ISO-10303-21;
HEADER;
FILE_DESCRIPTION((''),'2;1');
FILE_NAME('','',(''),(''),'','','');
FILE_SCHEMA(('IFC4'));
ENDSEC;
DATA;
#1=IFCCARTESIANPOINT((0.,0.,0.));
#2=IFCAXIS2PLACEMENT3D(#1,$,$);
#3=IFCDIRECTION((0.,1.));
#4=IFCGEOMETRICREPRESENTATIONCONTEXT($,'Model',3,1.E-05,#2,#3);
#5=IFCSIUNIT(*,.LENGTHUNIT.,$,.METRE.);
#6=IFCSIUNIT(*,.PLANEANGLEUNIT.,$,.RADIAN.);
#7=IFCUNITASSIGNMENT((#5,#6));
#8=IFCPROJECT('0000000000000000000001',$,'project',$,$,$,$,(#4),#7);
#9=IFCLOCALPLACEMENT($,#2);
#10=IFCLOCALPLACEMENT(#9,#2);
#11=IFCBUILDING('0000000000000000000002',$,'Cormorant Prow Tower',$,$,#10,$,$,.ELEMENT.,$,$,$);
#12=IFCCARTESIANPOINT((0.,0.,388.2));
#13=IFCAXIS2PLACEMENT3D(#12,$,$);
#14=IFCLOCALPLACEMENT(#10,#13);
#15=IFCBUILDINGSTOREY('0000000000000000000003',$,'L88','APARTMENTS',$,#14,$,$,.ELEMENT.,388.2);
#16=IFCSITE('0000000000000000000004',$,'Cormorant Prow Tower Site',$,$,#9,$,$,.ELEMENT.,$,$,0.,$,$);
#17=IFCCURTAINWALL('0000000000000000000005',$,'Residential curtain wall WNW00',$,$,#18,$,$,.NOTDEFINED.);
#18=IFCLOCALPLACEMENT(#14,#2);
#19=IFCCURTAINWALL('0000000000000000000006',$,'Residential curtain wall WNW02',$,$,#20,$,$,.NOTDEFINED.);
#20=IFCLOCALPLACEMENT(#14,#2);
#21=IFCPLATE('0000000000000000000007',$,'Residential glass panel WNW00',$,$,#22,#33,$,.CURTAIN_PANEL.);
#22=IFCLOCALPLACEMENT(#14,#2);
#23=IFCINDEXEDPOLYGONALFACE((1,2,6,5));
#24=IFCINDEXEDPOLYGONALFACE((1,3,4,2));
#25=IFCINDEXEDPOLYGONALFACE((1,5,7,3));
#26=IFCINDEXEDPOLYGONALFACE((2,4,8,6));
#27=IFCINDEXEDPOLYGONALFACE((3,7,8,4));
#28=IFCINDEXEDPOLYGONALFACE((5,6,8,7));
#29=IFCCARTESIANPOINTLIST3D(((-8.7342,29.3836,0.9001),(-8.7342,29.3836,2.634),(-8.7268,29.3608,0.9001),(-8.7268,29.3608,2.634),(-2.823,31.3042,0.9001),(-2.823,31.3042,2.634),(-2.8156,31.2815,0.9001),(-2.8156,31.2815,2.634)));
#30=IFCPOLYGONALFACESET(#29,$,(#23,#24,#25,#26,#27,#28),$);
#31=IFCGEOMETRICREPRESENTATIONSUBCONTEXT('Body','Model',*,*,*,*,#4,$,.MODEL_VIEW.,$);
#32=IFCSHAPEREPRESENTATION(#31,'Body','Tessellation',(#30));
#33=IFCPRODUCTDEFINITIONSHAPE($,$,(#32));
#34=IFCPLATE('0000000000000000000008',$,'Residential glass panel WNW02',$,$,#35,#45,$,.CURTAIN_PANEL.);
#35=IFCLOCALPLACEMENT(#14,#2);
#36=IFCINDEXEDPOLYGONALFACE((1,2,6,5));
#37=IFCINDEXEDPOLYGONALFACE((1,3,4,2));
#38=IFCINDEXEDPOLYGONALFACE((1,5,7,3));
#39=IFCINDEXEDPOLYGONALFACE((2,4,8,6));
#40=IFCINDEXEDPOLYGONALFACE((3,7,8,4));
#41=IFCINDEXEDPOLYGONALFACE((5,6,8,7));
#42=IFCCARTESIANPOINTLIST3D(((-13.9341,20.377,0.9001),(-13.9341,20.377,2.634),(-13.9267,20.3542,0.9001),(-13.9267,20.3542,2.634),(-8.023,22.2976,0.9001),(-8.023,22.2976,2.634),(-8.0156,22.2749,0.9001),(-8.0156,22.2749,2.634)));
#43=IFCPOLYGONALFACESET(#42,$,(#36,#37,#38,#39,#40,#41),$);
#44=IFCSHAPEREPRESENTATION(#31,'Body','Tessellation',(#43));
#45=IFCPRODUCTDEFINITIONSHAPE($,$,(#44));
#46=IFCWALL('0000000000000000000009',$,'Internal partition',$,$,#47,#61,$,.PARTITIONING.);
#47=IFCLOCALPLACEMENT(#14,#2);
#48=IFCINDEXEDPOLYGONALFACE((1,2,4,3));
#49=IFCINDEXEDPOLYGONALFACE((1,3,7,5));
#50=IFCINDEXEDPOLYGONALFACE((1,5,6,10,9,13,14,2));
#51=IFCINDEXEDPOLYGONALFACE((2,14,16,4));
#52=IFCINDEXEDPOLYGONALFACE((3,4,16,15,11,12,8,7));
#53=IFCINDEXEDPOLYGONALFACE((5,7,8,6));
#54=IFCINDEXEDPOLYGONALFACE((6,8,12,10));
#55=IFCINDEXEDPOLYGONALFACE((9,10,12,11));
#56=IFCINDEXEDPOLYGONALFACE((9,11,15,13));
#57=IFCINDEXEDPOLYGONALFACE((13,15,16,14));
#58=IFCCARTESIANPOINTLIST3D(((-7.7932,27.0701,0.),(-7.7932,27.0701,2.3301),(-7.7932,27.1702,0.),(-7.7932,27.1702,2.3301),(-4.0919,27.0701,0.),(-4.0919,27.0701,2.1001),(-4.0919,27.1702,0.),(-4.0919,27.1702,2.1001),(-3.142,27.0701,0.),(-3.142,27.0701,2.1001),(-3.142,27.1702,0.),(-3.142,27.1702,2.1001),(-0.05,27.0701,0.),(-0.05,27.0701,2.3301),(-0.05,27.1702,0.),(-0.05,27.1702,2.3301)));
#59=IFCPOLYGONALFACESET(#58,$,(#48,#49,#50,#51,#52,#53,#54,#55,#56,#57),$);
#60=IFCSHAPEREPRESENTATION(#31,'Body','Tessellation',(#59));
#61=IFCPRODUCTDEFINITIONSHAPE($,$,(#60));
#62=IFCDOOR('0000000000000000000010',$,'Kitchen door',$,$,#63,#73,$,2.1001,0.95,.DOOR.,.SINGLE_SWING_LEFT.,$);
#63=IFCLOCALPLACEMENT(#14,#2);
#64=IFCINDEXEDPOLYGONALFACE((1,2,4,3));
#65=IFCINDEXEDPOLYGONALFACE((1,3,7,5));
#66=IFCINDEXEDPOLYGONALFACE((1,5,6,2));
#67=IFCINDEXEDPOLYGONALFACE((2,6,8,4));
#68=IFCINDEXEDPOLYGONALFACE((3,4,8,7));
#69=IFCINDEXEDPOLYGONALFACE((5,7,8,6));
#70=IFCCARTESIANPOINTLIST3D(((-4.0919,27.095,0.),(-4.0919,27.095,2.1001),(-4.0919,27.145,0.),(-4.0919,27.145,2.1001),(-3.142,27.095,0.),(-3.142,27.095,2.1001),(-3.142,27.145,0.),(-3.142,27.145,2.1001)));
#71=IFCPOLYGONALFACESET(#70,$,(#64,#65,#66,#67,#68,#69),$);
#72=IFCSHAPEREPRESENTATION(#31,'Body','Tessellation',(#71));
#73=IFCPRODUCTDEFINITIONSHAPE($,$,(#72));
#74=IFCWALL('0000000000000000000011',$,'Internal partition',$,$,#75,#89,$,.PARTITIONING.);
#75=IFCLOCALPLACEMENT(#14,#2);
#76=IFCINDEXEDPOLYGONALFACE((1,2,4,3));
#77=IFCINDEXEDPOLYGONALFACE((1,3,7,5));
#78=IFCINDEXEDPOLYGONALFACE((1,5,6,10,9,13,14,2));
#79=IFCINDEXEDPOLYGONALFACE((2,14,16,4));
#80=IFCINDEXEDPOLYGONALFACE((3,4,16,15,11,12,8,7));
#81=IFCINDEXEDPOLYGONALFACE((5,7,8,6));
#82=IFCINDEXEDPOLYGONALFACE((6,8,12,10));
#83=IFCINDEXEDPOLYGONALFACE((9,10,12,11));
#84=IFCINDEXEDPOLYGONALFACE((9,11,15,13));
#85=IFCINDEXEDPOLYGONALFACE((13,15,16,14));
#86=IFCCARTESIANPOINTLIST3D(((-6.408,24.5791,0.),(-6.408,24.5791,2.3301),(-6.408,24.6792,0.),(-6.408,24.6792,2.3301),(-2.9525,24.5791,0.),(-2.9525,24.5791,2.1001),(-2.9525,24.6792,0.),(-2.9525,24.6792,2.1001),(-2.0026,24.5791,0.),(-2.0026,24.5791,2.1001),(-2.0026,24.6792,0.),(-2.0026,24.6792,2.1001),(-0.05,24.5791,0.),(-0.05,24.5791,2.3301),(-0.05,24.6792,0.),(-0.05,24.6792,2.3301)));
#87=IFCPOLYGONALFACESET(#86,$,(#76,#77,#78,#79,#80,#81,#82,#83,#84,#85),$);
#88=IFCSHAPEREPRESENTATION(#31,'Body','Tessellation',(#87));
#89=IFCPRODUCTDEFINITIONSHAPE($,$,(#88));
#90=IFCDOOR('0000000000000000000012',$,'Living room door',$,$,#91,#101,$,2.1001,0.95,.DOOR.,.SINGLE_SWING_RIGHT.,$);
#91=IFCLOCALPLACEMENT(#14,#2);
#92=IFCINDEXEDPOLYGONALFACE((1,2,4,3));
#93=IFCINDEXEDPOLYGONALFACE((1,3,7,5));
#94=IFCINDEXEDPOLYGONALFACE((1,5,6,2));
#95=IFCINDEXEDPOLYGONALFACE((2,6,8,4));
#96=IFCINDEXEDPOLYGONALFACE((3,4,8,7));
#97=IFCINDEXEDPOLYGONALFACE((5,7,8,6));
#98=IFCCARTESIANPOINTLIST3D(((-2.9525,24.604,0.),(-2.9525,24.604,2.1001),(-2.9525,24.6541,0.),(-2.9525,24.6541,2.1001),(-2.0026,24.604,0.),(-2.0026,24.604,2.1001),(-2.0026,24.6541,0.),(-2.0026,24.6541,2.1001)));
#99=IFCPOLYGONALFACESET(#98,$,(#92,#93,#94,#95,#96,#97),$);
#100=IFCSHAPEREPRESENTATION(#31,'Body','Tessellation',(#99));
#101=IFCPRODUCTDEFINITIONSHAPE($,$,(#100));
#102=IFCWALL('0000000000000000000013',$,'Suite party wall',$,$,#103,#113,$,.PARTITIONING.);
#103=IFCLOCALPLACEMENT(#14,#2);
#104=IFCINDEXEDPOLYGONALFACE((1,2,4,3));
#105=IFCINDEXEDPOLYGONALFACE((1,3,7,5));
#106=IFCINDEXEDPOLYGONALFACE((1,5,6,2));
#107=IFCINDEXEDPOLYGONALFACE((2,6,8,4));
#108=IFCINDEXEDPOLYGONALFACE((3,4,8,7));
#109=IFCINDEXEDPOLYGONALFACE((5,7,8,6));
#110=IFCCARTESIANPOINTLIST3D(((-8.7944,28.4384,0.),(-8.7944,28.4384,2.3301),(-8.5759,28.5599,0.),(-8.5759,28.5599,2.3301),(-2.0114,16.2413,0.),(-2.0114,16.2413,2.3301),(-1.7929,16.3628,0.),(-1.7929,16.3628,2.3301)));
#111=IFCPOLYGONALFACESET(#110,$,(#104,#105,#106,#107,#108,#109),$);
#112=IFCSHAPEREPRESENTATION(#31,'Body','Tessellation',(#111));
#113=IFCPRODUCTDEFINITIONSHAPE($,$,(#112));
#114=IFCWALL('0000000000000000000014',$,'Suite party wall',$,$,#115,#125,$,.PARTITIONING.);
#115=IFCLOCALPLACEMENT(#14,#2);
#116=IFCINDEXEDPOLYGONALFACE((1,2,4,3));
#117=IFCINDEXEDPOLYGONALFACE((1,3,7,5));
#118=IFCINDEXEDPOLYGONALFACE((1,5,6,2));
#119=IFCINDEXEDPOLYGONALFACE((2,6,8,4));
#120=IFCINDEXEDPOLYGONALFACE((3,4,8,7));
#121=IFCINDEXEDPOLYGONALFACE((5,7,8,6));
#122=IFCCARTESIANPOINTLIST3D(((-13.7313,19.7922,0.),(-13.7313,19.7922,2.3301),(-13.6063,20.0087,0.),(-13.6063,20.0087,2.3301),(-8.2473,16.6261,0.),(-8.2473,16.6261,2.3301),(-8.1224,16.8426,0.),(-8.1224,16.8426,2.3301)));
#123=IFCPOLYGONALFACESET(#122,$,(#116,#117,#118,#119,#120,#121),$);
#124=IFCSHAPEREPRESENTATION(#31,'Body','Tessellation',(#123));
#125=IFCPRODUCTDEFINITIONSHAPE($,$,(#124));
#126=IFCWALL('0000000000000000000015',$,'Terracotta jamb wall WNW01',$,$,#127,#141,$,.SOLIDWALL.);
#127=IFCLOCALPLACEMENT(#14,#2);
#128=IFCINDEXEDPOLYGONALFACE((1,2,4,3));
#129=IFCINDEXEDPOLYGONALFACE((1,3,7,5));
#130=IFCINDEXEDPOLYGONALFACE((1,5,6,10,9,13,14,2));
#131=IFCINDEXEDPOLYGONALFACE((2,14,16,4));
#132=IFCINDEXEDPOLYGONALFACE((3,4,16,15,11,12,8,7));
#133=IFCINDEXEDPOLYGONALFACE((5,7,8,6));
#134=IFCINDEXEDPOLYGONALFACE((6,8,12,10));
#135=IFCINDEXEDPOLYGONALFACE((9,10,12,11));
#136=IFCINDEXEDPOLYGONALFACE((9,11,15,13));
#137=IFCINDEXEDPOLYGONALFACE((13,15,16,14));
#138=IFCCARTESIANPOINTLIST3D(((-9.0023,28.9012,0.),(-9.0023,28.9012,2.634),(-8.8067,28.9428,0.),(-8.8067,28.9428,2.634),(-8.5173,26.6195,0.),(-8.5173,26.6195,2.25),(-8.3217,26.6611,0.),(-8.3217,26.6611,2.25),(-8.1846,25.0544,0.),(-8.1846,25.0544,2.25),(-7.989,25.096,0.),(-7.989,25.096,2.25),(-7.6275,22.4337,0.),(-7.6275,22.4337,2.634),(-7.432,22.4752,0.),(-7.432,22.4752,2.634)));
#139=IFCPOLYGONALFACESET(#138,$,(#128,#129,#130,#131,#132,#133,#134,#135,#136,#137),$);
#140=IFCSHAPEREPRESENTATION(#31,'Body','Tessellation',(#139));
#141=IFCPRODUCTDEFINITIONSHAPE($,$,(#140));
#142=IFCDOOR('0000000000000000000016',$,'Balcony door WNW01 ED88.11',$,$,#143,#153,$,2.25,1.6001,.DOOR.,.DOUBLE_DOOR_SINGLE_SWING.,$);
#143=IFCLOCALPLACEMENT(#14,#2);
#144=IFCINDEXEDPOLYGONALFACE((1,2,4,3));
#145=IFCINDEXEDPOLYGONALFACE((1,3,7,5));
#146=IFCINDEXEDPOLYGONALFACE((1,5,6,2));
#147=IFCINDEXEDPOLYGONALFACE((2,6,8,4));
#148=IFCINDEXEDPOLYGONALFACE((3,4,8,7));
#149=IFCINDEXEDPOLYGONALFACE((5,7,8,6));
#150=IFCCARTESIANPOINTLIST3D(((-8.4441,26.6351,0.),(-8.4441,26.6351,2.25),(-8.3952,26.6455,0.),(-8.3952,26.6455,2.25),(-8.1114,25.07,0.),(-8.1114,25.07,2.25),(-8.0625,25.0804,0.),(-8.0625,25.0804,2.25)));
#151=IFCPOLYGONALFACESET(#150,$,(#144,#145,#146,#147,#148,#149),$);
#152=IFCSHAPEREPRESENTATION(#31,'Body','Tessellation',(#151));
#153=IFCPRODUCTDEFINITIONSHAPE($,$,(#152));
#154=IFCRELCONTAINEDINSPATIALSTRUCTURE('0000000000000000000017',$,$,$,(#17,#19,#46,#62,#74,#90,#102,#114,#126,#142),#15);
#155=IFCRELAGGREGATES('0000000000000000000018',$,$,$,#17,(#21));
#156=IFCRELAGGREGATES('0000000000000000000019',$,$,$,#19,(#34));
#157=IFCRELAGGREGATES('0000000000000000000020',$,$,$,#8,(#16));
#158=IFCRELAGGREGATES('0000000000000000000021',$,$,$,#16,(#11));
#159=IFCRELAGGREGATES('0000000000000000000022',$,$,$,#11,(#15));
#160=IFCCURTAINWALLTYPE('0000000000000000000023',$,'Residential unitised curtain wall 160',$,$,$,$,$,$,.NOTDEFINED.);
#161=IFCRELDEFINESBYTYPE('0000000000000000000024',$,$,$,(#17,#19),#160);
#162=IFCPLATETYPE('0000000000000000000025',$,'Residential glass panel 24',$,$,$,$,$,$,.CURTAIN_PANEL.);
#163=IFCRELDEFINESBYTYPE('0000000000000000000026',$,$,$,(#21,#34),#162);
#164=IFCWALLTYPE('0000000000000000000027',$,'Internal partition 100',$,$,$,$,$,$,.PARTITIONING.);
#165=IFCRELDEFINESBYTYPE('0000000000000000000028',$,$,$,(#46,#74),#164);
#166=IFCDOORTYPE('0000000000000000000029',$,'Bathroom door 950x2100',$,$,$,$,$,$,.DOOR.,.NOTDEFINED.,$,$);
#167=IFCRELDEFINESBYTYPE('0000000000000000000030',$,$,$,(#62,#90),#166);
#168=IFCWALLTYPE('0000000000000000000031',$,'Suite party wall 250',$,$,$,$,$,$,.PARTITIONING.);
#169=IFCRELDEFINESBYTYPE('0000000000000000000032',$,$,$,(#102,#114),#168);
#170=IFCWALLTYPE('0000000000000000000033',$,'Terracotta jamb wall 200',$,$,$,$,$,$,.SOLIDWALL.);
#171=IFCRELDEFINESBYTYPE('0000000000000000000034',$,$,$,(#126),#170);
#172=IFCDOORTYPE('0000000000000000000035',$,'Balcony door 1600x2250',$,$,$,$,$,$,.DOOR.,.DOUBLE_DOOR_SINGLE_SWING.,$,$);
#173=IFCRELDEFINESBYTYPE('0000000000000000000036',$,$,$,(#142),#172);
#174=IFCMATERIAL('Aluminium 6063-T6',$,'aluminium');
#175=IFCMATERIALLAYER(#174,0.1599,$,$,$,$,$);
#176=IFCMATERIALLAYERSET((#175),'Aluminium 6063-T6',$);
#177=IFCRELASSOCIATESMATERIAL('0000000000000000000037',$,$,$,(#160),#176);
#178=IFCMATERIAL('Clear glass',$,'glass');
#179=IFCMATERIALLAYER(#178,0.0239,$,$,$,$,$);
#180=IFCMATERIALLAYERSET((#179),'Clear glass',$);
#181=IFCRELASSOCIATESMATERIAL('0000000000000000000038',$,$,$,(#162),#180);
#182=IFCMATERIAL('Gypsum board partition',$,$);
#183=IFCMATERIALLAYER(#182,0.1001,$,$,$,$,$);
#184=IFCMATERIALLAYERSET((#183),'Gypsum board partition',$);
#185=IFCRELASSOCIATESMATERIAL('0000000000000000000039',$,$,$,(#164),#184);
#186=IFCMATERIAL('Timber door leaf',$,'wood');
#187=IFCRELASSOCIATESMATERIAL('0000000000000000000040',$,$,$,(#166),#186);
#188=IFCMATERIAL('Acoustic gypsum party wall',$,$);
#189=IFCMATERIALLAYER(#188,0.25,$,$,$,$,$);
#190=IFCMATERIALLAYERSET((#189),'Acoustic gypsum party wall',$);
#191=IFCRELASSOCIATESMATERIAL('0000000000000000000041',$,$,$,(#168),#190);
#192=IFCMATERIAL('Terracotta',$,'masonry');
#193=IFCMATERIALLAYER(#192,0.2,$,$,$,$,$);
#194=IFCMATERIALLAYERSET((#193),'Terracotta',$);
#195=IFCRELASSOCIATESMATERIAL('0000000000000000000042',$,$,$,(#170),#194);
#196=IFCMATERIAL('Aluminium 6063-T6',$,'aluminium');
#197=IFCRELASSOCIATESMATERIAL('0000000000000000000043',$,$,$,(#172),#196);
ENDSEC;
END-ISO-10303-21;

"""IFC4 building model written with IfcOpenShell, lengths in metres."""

from ifc_helpers import new_model, si_unit, direction, frame, frame_2d, origin, origin_2d, place, context, subcontext, project, spatial, rectangle, extrude, material, layer, layer_set, type_object, element, fill, aggregate, save


model = new_model("IFC4")

# Units and contexts
model_context = context("Model", 3, precision=1e-05, world=origin(), true_north=direction((0.0, 1.0)))
body_context = subcontext(model_context, "Body", "Model", "MODEL_VIEW")
ifc_project = project(units=[si_unit("LENGTHUNIT", "METRE"), si_unit("PLANEANGLEUNIT", "RADIAN")], contexts=[model_context])

# Site, building, storey
site_placement = place(None, origin())
site = spatial("IfcSite", under=ifc_project, at=site_placement, Name="Cormorant Prow Tower Site", CompositionType="ELEMENT", RefElevation=0.0)
building_placement = place(site_placement, origin())
building = spatial("IfcBuilding", under=site, at=building_placement, Name="Cormorant Prow Tower", CompositionType="ELEMENT")
storey_placement = place(building_placement, frame((0.0, 0.0, 388.2)))
storey = spatial("IfcBuildingStorey", under=building, at=storey_placement, Name="L88", Description="APARTMENTS", CompositionType="ELEMENT", Elevation=388.2)

# Curtain walls
ifc_material_1 = material(Name="Aluminium 6063-T6", Category="aluminium")
ifc_layer_1 = layer(ifc_material_1, 0.1599)
ifc_layer_set_1 = layer_set([ifc_layer_1], Name="Aluminium 6063-T6")
curtain_wall_type = type_object("IfcCurtainWallType", Name="Residential unitised curtain wall 160", PredefinedType="NOTDEFINED", material=ifc_layer_set_1)
curtain_wall_1_placement = place(storey_placement, origin())
curtain_wall_1 = element("IfcCurtainWall", 1, at=curtain_wall_1_placement, inside=storey, type_object=curtain_wall_type, Name="Residential curtain wall WNW00", PredefinedType="NOTDEFINED")
curtain_wall_2_placement = place(storey_placement, origin())
curtain_wall_2 = element("IfcCurtainWall", 2, at=curtain_wall_2_placement, inside=storey, type_object=curtain_wall_type, Name="Residential curtain wall WNW02", PredefinedType="NOTDEFINED")

# Plates
ifc_material_2 = material(Name="Clear glass", Category="glass")
ifc_layer_2 = layer(ifc_material_2, 0.0239)
ifc_layer_set_2 = layer_set([ifc_layer_2], Name="Clear glass")
plate_type = type_object("IfcPlateType", Name="Residential glass panel 24", PredefinedType="CURTAIN_PANEL", material=ifc_layer_set_2)
plate_1_placement = place(storey_placement, frame((-5.7749, 30.3325, 0.9001), z_axis=(0.0, 0.0, 1.0), x_axis=(-0.951057, -0.309017, 0.0)))
plate_1 = element("IfcPlate", 3, at=plate_1_placement, type_object=plate_type, Name="Residential glass panel WNW00", PredefinedType="CURTAIN_PANEL", context=body_context, shape_type="SweptSolid", body=[
    extrude(rectangle(XDim=6.2153, YDim=0.0239, at=origin_2d()), origin(), (0.0, 0.0, 1.0), 1.7339),
])
aggregate(curtain_wall_1, [plate_1])
plate_2_placement = place(storey_placement, frame((-10.9749, 21.3259, 0.9001), z_axis=(0.0, 0.0, 1.0), x_axis=(-0.951057, -0.309017, 0.0)))
plate_2 = element("IfcPlate", 4, at=plate_2_placement, type_object=plate_type, Name="Residential glass panel WNW02", PredefinedType="CURTAIN_PANEL", context=body_context, shape_type="SweptSolid", body=[
    extrude(rectangle(XDim=6.2153, YDim=0.0239, at=origin_2d()), origin(), (0.0, 0.0, 1.0), 1.7339),
])
aggregate(curtain_wall_2, [plate_2])

# Walls, openings, doors
ifc_material_3 = material(Name="Gypsum board partition")
ifc_layer_3 = layer(ifc_material_3, 0.1001)
ifc_layer_set_3 = layer_set([ifc_layer_3], Name="Gypsum board partition")
wall_type_1 = type_object("IfcWallType", Name="Internal partition 100", PredefinedType="PARTITIONING", material=ifc_layer_set_3)
wall_1_placement = place(storey_placement, frame((-7.7932, 27.1201, 0.0), z_axis=(0.0, 0.0, 1.0), x_axis=(1.0, 0.0, 0.0)))
wall_1 = element("IfcWall", 5, at=wall_1_placement, inside=storey, type_object=wall_type_1, Name="Internal partition", PredefinedType="PARTITIONING", context=body_context, shape_type="SweptSolid", body=[
    extrude(rectangle(XDim=7.7432, YDim=0.1001, at=frame_2d((3.8716, 0.0))), origin(), (0.0, 0.0, 1.0), 2.3301),
])
opening_1_placement = place(wall_1_placement, frame((3.7012, 0.0, 0.0)))
opening_1 = element("IfcOpeningElement", 6, at=opening_1_placement, cuts=wall_1, PredefinedType="OPENING", context=body_context, shape_type="SweptSolid", body=[
    extrude(rectangle(XDim=0.95, YDim=2.1001, at=frame_2d((0.4751, 1.05))), frame((0.0, 0.0601, 0.0), z_axis=(0.0, -1.0, 0.0), x_axis=(1.0, 0.0, 0.0)), (0.0, 0.0, 1.0), 0.1201),
])
ifc_material_4 = material(Name="Timber door leaf", Category="wood")
door_type_1 = type_object("IfcDoorType", Name="Bathroom door 950x2100", OperationType="NOTDEFINED", PredefinedType="DOOR", material=ifc_material_4)
door_1_placement = place(opening_1_placement, origin())
door_1 = element("IfcDoor", 7, at=door_1_placement, inside=storey, type_object=door_type_1, Name="Kitchen door", OperationType="SINGLE_SWING_LEFT", OverallHeight=2.1001, OverallWidth=0.95, PredefinedType="DOOR", context=body_context, shape_type="SweptSolid", body=[
    extrude(rectangle(XDim=0.95, YDim=2.1001, at=frame_2d((0.4751, 1.05))), frame((0.0, 0.0249, 0.0), z_axis=(0.0, -1.0, 0.0), x_axis=(1.0, 0.0, 0.0)), (0.0, 0.0, 1.0), 0.05),
])
fill(opening_1, door_1)
wall_2_placement = place(storey_placement, frame((-6.408, 24.6292, 0.0), z_axis=(0.0, 0.0, 1.0), x_axis=(1.0, 0.0, 0.0)))
wall_2 = element("IfcWall", 8, at=wall_2_placement, inside=storey, type_object=wall_type_1, Name="Internal partition", PredefinedType="PARTITIONING", context=body_context, shape_type="SweptSolid", body=[
    extrude(rectangle(XDim=6.3579, YDim=0.1001, at=frame_2d((3.179, 0.0))), origin(), (0.0, 0.0, 1.0), 2.3301),
])
opening_2_placement = place(wall_2_placement, frame((3.4553, 0.0, 0.0)))
opening_2 = element("IfcOpeningElement", 9, at=opening_2_placement, cuts=wall_2, PredefinedType="OPENING", context=body_context, shape_type="SweptSolid", body=[
    extrude(rectangle(XDim=0.95, YDim=2.1001, at=frame_2d((0.4751, 1.05))), frame((0.0, 0.0601, 0.0), z_axis=(0.0, -1.0, 0.0), x_axis=(1.0, 0.0, 0.0)), (0.0, 0.0, 1.0), 0.1201),
])
door_2_placement = place(opening_2_placement, origin())
door_2 = element("IfcDoor", 10, at=door_2_placement, inside=storey, type_object=door_type_1, Name="Living room door", OperationType="SINGLE_SWING_RIGHT", OverallHeight=2.1001, OverallWidth=0.95, PredefinedType="DOOR", context=body_context, shape_type="SweptSolid", body=[
    extrude(rectangle(XDim=0.95, YDim=2.1001, at=frame_2d((0.4751, 1.05))), frame((0.0, 0.0249, 0.0), z_axis=(0.0, -1.0, 0.0), x_axis=(1.0, 0.0, 0.0)), (0.0, 0.0, 1.0), 0.05),
])
fill(opening_2, door_2)

# Walls
ifc_material_5 = material(Name="Acoustic gypsum party wall")
ifc_layer_4 = layer(ifc_material_5, 0.25)
ifc_layer_set_4 = layer_set([ifc_layer_4], Name="Acoustic gypsum party wall")
wall_type_2 = type_object("IfcWallType", Name="Suite party wall 250", PredefinedType="PARTITIONING", material=ifc_layer_set_4)
wall_3_placement = place(storey_placement, frame((-8.6851, 28.499, 0.0), z_axis=(0.0, 0.0, 1.0), x_axis=(0.486017, -0.873949, 0.0)))
element("IfcWall", 11, at=wall_3_placement, inside=storey, type_object=wall_type_2, Name="Suite party wall", PredefinedType="PARTITIONING", context=body_context, shape_type="SweptSolid", body=[
    extrude(rectangle(XDim=13.9563, YDim=0.25, at=frame_2d((6.978, 0.0))), origin(), (0.0, 0.0, 1.0), 2.3301),
])
wall_4_placement = place(storey_placement, frame((-13.6687, 19.9004, 0.0), z_axis=(0.0, 0.0, 1.0), x_axis=(0.866033, -0.499987, 0.0)))
element("IfcWall", 12, at=wall_4_placement, inside=storey, type_object=wall_type_2, Name="Suite party wall", PredefinedType="PARTITIONING", context=body_context, shape_type="SweptSolid", body=[
    extrude(rectangle(XDim=6.3323, YDim=0.25, at=frame_2d((3.166, 0.0))), origin(), (0.0, 0.0, 1.0), 2.3301),
])

# Wall, opening, door
ifc_material_6 = material(Name="Terracotta", Category="masonry")
ifc_layer_5 = layer(ifc_material_6, 0.2)
ifc_layer_set_5 = layer_set([ifc_layer_5], Name="Terracotta")
wall_type_3 = type_object("IfcWallType", Name="Terracotta jamb wall 200", PredefinedType="SOLIDWALL", material=ifc_layer_set_5)
wall_5_placement = place(storey_placement, frame((-8.9045, 28.9221, 0.0), z_axis=(0.0, 0.0, 1.0), x_axis=(0.207917, -0.978146, 0.0)))
wall_5 = element("IfcWall", 13, at=wall_5_placement, inside=storey, type_object=wall_type_3, Name="Terracotta jamb wall WNW01", PredefinedType="SOLIDWALL", context=body_context, shape_type="SweptSolid", body=[
    extrude(rectangle(XDim=6.6121, YDim=0.2, at=frame_2d((3.3062, 0.0))), origin(), (0.0, 0.0, 1.0), 2.634),
])
opening_3_placement = place(wall_5_placement, frame((2.3328, 0.0, 0.0)))
opening_3 = element("IfcOpeningElement", 14, at=opening_3_placement, cuts=wall_5, PredefinedType="OPENING", context=body_context, shape_type="SweptSolid", body=[
    extrude(rectangle(XDim=1.6001, YDim=2.25, at=frame_2d((0.8, 1.125))), frame((0.0, 0.1099, 0.0), z_axis=(0.0, -1.0, 0.0), x_axis=(1.0, 0.0, 0.0)), (0.0, 0.0, 1.0), 0.22),
])
ifc_material_7 = material(Name="Aluminium 6063-T6", Category="aluminium")
door_type_2 = type_object("IfcDoorType", Name="Balcony door 1600x2250", OperationType="DOUBLE_DOOR_SINGLE_SWING", PredefinedType="DOOR", material=ifc_material_7)
door_3_placement = place(opening_3_placement, origin())
door_3 = element("IfcDoor", 15, at=door_3_placement, inside=storey, type_object=door_type_2, Name="Balcony door WNW01 ED88.11", OperationType="DOUBLE_DOOR_SINGLE_SWING", OverallHeight=2.25, OverallWidth=1.6001, PredefinedType="DOOR", context=body_context, shape_type="SweptSolid", body=[
    extrude(rectangle(XDim=1.6001, YDim=2.25, at=frame_2d((0.8, 1.125))), frame((0.0, 0.0249, 0.0), z_axis=(0.0, -1.0, 0.0), x_axis=(1.0, 0.0, 0.0)), (0.0, 0.0, 1.0), 0.05),
])
fill(opening_3, door_3)

save(model, "model.ifc")
